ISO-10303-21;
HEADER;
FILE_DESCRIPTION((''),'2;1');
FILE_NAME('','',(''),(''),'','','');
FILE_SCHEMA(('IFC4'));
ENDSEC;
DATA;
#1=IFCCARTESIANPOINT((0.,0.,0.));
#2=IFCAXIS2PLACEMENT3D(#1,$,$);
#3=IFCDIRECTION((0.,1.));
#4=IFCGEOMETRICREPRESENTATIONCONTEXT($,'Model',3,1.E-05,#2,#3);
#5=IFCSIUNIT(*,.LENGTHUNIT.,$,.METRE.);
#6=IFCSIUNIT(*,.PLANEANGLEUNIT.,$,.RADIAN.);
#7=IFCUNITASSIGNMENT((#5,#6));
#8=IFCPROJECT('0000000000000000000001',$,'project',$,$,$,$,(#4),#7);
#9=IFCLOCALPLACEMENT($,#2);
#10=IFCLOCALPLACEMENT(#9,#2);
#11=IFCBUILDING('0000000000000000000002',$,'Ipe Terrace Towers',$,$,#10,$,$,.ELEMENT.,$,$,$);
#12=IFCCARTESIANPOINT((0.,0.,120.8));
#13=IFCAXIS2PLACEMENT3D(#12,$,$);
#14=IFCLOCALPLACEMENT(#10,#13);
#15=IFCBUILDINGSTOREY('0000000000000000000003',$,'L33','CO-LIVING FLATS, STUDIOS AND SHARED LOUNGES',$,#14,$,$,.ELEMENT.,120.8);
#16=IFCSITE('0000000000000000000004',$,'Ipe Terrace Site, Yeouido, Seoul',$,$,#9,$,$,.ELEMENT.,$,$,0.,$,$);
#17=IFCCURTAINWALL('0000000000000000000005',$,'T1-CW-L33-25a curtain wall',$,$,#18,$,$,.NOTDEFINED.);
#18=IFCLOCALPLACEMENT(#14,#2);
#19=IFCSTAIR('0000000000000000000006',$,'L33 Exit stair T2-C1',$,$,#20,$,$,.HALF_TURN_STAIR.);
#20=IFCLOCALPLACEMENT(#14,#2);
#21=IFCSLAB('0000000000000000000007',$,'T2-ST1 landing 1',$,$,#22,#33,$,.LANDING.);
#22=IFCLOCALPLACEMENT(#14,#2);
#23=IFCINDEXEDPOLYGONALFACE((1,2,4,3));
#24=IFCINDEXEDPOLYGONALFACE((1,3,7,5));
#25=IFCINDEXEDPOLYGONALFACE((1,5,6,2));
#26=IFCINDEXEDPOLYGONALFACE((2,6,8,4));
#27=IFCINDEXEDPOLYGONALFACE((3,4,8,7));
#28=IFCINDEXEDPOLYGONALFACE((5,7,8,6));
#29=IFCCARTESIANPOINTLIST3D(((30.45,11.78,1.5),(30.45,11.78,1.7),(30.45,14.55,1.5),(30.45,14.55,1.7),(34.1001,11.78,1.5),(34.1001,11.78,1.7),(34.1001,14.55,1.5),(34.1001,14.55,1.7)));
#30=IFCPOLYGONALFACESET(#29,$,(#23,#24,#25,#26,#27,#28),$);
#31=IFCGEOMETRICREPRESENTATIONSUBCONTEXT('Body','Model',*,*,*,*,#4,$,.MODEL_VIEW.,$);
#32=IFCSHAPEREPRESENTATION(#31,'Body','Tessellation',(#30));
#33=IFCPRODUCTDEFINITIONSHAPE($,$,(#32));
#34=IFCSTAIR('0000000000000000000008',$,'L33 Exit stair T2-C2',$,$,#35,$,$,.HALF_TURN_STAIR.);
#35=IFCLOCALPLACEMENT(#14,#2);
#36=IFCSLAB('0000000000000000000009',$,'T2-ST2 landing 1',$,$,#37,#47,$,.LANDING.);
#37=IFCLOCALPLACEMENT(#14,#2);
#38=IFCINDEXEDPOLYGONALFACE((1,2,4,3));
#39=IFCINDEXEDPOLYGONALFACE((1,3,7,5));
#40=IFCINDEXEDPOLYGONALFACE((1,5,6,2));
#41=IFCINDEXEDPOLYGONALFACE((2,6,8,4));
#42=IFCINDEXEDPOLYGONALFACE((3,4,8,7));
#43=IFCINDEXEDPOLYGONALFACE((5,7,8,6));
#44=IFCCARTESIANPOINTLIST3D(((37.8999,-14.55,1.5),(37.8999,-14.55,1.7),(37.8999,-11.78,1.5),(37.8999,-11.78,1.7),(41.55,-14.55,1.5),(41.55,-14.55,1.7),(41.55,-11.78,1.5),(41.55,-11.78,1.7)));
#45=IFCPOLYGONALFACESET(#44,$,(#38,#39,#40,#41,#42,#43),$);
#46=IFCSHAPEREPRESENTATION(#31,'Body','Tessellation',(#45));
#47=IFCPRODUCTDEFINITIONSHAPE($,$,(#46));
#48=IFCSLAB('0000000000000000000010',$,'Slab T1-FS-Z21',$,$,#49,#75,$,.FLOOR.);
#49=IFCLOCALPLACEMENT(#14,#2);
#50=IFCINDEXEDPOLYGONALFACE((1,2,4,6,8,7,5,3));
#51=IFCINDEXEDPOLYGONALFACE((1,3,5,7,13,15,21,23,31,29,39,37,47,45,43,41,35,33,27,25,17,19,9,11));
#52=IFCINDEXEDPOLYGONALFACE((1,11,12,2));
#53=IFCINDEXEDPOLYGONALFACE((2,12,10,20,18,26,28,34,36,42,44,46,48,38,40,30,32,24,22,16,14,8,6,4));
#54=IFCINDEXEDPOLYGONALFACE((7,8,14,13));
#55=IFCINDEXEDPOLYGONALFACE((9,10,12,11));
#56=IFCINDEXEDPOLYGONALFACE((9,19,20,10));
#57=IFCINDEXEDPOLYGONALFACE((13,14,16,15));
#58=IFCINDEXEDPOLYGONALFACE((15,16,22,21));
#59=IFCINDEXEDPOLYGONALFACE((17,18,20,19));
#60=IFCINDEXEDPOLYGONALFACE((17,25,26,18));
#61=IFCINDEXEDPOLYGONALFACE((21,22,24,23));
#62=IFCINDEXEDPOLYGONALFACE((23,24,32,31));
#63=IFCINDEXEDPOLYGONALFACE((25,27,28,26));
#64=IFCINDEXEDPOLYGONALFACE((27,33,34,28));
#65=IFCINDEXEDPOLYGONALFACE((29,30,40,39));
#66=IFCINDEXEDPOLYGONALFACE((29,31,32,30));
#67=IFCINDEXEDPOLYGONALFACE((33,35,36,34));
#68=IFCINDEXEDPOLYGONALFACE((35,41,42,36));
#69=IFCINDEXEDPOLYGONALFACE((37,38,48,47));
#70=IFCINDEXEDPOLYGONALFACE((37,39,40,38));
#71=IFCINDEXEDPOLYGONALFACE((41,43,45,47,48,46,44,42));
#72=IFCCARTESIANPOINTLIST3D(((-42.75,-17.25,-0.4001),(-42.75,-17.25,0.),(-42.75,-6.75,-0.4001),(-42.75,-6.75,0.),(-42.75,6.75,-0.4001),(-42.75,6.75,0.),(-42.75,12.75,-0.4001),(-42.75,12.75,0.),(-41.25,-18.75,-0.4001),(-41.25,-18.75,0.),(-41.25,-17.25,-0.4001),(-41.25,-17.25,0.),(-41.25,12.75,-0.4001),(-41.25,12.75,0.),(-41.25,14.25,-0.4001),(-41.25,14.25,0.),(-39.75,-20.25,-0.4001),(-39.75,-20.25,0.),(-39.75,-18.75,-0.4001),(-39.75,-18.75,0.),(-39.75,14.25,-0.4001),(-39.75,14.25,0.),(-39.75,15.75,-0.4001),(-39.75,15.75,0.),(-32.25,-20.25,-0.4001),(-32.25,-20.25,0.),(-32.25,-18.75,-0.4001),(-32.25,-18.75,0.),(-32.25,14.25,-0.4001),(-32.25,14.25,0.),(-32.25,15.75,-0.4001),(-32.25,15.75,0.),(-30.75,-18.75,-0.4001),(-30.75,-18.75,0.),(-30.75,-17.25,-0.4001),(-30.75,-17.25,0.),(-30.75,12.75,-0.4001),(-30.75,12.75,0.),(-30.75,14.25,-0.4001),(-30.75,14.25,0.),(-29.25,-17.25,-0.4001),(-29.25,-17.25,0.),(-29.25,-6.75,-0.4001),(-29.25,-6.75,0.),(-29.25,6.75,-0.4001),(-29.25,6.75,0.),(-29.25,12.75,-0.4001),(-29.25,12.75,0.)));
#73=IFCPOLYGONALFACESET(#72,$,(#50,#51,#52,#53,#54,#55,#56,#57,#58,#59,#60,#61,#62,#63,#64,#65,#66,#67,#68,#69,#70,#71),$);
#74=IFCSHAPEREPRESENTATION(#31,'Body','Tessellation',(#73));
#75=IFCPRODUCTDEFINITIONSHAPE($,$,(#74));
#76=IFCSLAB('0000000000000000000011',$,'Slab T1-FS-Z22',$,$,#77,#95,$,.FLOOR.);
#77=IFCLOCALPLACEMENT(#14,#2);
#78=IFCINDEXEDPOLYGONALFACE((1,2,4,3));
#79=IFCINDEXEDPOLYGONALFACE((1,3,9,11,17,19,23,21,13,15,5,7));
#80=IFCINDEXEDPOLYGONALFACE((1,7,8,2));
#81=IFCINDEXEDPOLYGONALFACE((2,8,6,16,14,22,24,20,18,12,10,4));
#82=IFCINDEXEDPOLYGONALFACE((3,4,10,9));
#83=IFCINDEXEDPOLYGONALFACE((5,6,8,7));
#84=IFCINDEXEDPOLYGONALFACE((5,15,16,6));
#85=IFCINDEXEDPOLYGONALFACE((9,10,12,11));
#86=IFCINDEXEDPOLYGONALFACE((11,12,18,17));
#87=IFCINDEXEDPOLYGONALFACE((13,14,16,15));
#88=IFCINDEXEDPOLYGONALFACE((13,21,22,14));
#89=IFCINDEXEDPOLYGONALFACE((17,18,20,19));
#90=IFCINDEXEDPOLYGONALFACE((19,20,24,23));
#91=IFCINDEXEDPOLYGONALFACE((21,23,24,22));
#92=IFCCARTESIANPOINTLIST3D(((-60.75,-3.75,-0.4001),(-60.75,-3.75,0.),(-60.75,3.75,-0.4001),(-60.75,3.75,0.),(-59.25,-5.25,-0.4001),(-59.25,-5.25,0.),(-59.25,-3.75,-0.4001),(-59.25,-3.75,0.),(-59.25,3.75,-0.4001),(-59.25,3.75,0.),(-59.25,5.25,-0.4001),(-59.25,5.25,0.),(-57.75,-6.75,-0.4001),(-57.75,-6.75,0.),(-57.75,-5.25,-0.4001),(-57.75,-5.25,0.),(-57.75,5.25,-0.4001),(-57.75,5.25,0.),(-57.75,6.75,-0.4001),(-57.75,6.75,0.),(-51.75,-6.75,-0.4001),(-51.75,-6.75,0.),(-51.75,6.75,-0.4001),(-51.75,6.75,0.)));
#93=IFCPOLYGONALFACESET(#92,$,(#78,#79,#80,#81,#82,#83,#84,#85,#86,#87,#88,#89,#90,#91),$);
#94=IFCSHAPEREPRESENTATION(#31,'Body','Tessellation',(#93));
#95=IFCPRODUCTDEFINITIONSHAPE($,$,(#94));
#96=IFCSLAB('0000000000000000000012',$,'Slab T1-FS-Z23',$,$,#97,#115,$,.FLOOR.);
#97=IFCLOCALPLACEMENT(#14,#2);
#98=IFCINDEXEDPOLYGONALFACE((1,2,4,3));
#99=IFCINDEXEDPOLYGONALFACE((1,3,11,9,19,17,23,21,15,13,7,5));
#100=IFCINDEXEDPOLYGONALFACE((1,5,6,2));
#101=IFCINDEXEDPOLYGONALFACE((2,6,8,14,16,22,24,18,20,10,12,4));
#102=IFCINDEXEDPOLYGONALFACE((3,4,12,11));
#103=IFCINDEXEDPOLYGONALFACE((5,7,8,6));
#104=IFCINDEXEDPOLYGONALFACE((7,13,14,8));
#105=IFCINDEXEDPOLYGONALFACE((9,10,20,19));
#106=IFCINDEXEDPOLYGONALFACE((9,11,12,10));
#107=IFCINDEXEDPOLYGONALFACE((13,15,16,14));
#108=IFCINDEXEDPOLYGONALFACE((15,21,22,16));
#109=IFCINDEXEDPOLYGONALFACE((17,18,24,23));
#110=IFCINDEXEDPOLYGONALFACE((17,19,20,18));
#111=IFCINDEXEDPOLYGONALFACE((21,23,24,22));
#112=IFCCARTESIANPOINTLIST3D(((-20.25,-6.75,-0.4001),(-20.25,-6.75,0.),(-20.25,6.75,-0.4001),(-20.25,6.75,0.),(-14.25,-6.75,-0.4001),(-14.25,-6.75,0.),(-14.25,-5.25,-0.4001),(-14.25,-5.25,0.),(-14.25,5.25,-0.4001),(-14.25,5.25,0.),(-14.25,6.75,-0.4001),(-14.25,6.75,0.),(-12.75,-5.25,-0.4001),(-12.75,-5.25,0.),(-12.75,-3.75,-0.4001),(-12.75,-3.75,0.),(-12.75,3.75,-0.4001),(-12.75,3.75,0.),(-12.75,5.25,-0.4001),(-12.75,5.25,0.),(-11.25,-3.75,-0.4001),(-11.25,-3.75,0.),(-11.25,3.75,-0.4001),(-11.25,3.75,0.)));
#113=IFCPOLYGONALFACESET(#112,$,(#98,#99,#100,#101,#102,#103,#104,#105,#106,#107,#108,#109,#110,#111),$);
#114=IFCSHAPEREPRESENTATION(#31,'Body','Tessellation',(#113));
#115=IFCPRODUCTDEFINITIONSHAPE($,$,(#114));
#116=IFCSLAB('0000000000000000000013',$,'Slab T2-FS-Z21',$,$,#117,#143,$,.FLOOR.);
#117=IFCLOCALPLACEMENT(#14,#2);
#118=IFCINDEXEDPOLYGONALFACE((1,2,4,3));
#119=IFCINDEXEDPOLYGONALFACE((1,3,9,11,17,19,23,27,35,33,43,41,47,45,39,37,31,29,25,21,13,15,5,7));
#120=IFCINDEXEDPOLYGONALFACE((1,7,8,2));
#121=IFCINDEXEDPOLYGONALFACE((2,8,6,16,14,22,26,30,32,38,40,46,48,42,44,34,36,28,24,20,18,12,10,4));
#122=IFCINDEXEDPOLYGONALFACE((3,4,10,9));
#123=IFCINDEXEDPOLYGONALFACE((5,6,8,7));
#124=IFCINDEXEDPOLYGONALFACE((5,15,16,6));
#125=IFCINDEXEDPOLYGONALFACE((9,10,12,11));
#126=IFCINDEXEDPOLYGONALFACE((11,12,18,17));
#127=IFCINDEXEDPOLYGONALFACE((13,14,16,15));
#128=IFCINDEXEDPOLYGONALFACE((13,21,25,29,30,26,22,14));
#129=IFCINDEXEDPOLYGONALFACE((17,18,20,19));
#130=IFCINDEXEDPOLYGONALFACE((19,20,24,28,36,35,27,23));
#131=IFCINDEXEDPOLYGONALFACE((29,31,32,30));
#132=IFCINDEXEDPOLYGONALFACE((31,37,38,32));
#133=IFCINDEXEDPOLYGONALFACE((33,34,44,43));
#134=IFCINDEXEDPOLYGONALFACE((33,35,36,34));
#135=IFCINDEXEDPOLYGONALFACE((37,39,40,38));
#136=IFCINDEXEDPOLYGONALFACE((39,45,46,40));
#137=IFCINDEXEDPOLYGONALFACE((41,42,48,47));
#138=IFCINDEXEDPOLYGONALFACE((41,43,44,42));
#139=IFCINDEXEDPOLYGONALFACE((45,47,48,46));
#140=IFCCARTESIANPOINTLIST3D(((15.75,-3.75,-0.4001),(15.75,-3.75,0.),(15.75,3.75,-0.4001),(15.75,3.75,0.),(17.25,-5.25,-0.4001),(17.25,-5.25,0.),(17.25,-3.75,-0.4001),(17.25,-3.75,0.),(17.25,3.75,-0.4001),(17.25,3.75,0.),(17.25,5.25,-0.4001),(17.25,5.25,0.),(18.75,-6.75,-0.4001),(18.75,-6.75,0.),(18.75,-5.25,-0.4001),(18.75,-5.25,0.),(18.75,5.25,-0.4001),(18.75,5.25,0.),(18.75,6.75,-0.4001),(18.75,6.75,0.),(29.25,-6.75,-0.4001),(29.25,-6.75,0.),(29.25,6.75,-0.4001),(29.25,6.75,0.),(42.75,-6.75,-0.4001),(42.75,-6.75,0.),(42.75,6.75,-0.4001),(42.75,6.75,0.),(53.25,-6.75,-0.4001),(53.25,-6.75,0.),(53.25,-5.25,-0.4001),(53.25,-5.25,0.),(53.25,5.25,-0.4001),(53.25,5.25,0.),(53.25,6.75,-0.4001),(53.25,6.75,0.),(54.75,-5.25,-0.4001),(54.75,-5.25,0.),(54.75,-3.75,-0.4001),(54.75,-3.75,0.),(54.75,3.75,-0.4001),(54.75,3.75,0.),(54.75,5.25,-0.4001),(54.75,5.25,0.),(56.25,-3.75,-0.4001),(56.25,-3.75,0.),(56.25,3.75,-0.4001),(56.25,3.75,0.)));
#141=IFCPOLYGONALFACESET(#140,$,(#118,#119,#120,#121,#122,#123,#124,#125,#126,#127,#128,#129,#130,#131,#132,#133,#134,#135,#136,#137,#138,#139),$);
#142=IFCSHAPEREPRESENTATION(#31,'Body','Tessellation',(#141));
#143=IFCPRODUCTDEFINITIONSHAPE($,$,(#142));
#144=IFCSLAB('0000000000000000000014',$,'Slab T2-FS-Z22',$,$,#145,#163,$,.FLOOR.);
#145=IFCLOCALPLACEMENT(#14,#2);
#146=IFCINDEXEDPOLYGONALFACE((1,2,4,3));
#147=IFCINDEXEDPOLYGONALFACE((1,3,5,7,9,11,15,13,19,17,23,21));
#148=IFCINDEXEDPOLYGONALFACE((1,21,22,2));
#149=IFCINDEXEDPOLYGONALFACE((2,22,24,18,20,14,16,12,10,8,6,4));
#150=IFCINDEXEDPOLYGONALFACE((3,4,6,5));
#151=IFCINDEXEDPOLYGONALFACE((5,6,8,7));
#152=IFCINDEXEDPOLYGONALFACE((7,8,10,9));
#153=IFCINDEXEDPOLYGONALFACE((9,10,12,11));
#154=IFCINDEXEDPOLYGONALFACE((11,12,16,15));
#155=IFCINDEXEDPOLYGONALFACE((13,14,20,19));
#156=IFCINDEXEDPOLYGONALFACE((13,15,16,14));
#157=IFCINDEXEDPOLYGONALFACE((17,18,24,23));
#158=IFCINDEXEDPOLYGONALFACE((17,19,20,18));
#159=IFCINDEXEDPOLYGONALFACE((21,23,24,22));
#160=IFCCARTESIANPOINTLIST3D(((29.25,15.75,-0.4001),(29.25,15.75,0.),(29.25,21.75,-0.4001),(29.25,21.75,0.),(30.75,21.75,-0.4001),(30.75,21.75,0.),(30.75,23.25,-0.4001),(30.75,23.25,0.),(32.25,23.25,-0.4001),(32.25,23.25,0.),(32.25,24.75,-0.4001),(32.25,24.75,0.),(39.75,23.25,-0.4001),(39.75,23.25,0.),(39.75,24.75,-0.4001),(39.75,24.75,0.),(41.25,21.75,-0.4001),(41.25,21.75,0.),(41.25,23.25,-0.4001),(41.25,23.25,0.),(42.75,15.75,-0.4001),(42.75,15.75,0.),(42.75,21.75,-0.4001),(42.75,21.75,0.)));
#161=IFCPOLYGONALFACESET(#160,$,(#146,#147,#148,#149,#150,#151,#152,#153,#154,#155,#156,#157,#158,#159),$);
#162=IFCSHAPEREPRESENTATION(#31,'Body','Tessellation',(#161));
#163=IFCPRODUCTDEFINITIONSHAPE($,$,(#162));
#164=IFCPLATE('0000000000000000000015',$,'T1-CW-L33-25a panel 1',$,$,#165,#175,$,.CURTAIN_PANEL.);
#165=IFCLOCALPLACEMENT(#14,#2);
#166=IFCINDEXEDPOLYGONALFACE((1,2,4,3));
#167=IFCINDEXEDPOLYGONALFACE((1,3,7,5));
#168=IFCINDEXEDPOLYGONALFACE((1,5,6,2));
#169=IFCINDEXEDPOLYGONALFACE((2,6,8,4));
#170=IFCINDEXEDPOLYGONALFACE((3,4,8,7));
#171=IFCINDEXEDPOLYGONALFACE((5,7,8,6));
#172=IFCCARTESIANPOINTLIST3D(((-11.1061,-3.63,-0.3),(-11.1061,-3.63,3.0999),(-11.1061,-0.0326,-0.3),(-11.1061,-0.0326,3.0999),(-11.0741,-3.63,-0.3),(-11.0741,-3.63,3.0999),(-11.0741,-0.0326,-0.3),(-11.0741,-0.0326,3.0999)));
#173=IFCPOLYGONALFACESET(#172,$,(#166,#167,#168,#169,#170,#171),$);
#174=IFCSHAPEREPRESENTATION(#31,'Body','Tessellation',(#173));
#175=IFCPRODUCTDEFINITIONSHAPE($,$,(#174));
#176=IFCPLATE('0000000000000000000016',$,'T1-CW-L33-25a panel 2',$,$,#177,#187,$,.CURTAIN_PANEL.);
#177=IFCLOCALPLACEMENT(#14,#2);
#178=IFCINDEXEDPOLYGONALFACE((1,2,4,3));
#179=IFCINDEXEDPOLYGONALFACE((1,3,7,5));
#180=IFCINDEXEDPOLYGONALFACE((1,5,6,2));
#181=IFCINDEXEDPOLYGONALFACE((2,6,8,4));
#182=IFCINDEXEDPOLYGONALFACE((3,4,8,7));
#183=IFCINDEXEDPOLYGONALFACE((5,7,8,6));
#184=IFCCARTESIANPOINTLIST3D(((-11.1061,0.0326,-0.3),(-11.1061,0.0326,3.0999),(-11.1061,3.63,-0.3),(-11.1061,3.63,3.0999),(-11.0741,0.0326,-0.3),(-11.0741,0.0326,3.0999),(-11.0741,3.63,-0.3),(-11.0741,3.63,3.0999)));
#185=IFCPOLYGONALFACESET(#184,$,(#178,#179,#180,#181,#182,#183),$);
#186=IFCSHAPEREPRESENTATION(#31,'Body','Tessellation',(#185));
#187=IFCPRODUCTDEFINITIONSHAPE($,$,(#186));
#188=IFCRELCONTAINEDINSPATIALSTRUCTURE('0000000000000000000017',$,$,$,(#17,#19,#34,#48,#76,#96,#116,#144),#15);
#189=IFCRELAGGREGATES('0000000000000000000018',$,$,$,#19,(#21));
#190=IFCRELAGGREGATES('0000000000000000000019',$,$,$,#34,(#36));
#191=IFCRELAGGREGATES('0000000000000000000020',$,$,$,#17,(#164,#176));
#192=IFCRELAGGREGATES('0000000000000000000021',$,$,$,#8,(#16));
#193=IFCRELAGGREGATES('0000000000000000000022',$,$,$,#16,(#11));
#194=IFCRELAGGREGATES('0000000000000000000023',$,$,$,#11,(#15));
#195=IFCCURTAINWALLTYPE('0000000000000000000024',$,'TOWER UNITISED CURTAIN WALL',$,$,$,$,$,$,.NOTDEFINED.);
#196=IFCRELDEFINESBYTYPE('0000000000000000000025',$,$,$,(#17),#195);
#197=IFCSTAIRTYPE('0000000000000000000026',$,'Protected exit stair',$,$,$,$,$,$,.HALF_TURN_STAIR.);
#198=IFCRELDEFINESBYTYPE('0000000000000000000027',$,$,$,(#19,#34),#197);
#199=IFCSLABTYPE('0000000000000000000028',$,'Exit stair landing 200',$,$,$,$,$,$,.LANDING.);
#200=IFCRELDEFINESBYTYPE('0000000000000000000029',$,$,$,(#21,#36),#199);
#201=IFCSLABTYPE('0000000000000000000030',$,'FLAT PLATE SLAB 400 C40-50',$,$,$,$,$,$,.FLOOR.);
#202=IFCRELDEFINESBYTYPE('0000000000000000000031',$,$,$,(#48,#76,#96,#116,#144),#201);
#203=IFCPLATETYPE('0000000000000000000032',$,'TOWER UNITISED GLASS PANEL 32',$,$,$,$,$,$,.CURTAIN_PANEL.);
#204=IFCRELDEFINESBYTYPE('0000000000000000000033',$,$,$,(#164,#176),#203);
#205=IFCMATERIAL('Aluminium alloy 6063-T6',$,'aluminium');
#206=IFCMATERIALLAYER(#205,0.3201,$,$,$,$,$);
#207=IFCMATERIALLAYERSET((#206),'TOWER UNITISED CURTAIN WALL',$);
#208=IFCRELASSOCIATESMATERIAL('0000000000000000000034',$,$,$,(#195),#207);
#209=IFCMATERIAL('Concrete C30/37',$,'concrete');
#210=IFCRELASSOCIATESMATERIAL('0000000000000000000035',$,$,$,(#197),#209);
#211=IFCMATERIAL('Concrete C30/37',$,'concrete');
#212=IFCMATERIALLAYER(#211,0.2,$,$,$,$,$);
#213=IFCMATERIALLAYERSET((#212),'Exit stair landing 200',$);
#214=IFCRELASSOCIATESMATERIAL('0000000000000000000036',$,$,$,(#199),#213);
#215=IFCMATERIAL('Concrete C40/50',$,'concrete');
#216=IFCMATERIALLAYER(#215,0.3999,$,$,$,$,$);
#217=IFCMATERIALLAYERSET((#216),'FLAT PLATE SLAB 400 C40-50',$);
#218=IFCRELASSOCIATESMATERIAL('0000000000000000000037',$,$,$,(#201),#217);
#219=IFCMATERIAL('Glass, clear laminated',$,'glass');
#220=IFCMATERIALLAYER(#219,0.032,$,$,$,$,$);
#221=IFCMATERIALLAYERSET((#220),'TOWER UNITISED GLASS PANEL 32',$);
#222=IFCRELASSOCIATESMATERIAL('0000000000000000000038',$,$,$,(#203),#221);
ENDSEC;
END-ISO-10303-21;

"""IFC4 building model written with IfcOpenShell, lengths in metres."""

from ifc_helpers import new_model, si_unit, direction, frame, origin, origin_2d, place, context, subcontext, project, spatial, polyline, rectangle, outline, extrude, material, layer, layer_set, type_object, element, aggregate, save


model = new_model("IFC4")

# Units and contexts
model_context = context("Model", 3, precision=1e-05, world=origin(), true_north=direction((0.0, 1.0)))
body_context = subcontext(model_context, "Body", "Model", "MODEL_VIEW")
ifc_project = project(units=[si_unit("LENGTHUNIT", "METRE"), si_unit("PLANEANGLEUNIT", "RADIAN")], contexts=[model_context])

# Site, building, storey
site_placement = place(None, origin())
site = spatial("IfcSite", under=ifc_project, at=site_placement, Name="Ipe Terrace Site, Yeouido, Seoul", CompositionType="ELEMENT", RefElevation=0.0)
building_placement = place(site_placement, origin())
building = spatial("IfcBuilding", under=site, at=building_placement, Name="Ipe Terrace Towers", CompositionType="ELEMENT")
storey_placement = place(building_placement, frame((0.0, 0.0, 120.8)))
storey = spatial("IfcBuildingStorey", under=building, at=storey_placement, Name="L33", Description="CO-LIVING FLATS, STUDIOS AND SHARED LOUNGES", CompositionType="ELEMENT", Elevation=120.8)

# Curtain wall
ifc_material_1 = material(Name="Aluminium alloy 6063-T6", Category="aluminium")
ifc_layer_1 = layer(ifc_material_1, 0.3201)
ifc_layer_set_1 = layer_set([ifc_layer_1], Name="TOWER UNITISED CURTAIN WALL")
curtain_wall_type = type_object("IfcCurtainWallType", Name="TOWER UNITISED CURTAIN WALL", PredefinedType="NOTDEFINED", material=ifc_layer_set_1)
curtain_wall_1_placement = place(storey_placement, origin())
curtain_wall_1 = element("IfcCurtainWall", 1, at=curtain_wall_1_placement, inside=storey, type_object=curtain_wall_type, Name="T1-CW-L33-25a curtain wall", PredefinedType="NOTDEFINED")

# Stairs, slabs
ifc_material_2 = material(Name="Concrete C30/37", Category="concrete")
stair_type = type_object("IfcStairType", Name="Protected exit stair", PredefinedType="HALF_TURN_STAIR", material=ifc_material_2)
ifc_material_3 = material(Name="Concrete C30/37", Category="concrete")
ifc_layer_2 = layer(ifc_material_3, 0.2)
ifc_layer_set_2 = layer_set([ifc_layer_2], Name="Exit stair landing 200")
slab_type_1 = type_object("IfcSlabType", Name="Exit stair landing 200", PredefinedType="LANDING", material=ifc_layer_set_2)
stair_1_placement = place(storey_placement, origin())
stair_1 = element("IfcStair", 2, at=stair_1_placement, inside=storey, type_object=stair_type, Name="L33 Exit stair T2-C1", PredefinedType="HALF_TURN_STAIR")
slab_1_placement = place(storey_placement, frame((0.0, 0.0, 1.5)))
slab_1 = element("IfcSlab", 3, at=slab_1_placement, type_object=slab_type_1, Name="T2-ST1 landing 1", PredefinedType="LANDING", context=body_context, shape_type="SweptSolid", body=[
    extrude(outline(polyline([(34.1001, 11.78), (34.1001, 14.55), (30.45, 14.55), (30.45, 11.78), (34.1001, 11.78)])), origin(), (0.0, 0.0, 1.0), 0.2),
])
aggregate(stair_1, [slab_1])
stair_2_placement = place(storey_placement, origin())
stair_2 = element("IfcStair", 4, at=stair_2_placement, inside=storey, type_object=stair_type, Name="L33 Exit stair T2-C2", PredefinedType="HALF_TURN_STAIR")
slab_2_placement = place(storey_placement, frame((0.0, 0.0, 1.5)))
slab_2 = element("IfcSlab", 5, at=slab_2_placement, type_object=slab_type_1, Name="T2-ST2 landing 1", PredefinedType="LANDING", context=body_context, shape_type="SweptSolid", body=[
    extrude(outline(polyline([(37.8999, -11.78), (37.8999, -14.55), (41.55, -14.55), (41.55, -11.78), (37.8999, -11.78)])), origin(), (0.0, 0.0, 1.0), 0.2),
])
aggregate(stair_2, [slab_2])

# Slabs
ifc_material_4 = material(Name="Concrete C40/50", Category="concrete")
ifc_layer_3 = layer(ifc_material_4, 0.3999)
ifc_layer_set_3 = layer_set([ifc_layer_3], Name="FLAT PLATE SLAB 400 C40-50")
slab_type_2 = type_object("IfcSlabType", Name="FLAT PLATE SLAB 400 C40-50", PredefinedType="FLOOR", material=ifc_layer_set_3)
slab_3_placement = place(storey_placement, frame((0.0, 0.0, -0.4001)))
element("IfcSlab", 6, at=slab_3_placement, inside=storey, type_object=slab_type_2, Name="Slab T1-FS-Z21", PredefinedType="FLOOR", context=body_context, shape_type="SweptSolid", body=[
    extrude(outline(polyline([(-30.75, -17.25), (-30.75, -18.75), (-32.25, -18.75), (-32.25, -20.25), (-39.75, -20.25), (-39.75, -18.75), (-41.25, -18.75), (-41.25, -17.25), (-42.75, -17.25), (-42.75, -6.75), (-42.75, 6.75), (-42.75, 12.75), (-41.25, 12.75), (-41.25, 14.25), (-39.75, 14.25), (-39.75, 15.75), (-32.25, 15.75), (-32.25, 14.25), (-30.75, 14.25), (-30.75, 12.75), (-29.25, 12.75), (-29.25, 6.75), (-29.25, -6.75), (-29.25, -17.25), (-30.75, -17.25)])), origin(), (0.0, 0.0, 1.0), 0.4001),
])
slab_4_placement = place(storey_placement, frame((0.0, 0.0, -0.4001)))
element("IfcSlab", 7, at=slab_4_placement, inside=storey, type_object=slab_type_2, Name="Slab T1-FS-Z22", PredefinedType="FLOOR", context=body_context, shape_type="SweptSolid", body=[
    extrude(outline(polyline([(-57.75, -6.75), (-57.75, -5.25), (-59.25, -5.25), (-59.25, -3.75), (-60.75, -3.75), (-60.75, 3.75), (-59.25, 3.75), (-59.25, 5.25), (-57.75, 5.25), (-57.75, 6.75), (-51.75, 6.75), (-51.75, -6.75), (-57.75, -6.75)])), origin(), (0.0, 0.0, 1.0), 0.4001),
])
slab_5_placement = place(storey_placement, frame((0.0, 0.0, -0.4001)))
element("IfcSlab", 8, at=slab_5_placement, inside=storey, type_object=slab_type_2, Name="Slab T1-FS-Z23", PredefinedType="FLOOR", context=body_context, shape_type="SweptSolid", body=[
    extrude(outline(polyline([(-14.25, 5.25), (-12.75, 5.25), (-12.75, 3.75), (-11.25, 3.75), (-11.25, -3.75), (-12.75, -3.75), (-12.75, -5.25), (-14.25, -5.25), (-14.25, -6.75), (-20.25, -6.75), (-20.25, 6.75), (-14.25, 6.75), (-14.25, 5.25)])), origin(), (0.0, 0.0, 1.0), 0.4001),
])
slab_6_placement = place(storey_placement, frame((0.0, 0.0, -0.4001)))
element("IfcSlab", 9, at=slab_6_placement, inside=storey, type_object=slab_type_2, Name="Slab T2-FS-Z21", PredefinedType="FLOOR", context=body_context, shape_type="SweptSolid", body=[
    extrude(outline(polyline([(53.25, 5.25), (54.75, 5.25), (54.75, 3.75), (56.25, 3.75), (56.25, -3.75), (54.75, -3.75), (54.75, -5.25), (53.25, -5.25), (53.25, -6.75), (42.75, -6.75), (29.25, -6.75), (18.75, -6.75), (18.75, -5.25), (17.25, -5.25), (17.25, -3.75), (15.75, -3.75), (15.75, 3.75), (17.25, 3.75), (17.25, 5.25), (18.75, 5.25), (18.75, 6.75), (29.25, 6.75), (42.75, 6.75), (53.25, 6.75), (53.25, 5.25)])), origin(), (0.0, 0.0, 1.0), 0.4001),
])
slab_7_placement = place(storey_placement, frame((0.0, 0.0, -0.4001)))
element("IfcSlab", 10, at=slab_7_placement, inside=storey, type_object=slab_type_2, Name="Slab T2-FS-Z22", PredefinedType="FLOOR", context=body_context, shape_type="SweptSolid", body=[
    extrude(outline(polyline([(30.75, 21.75), (30.75, 23.25), (32.25, 23.25), (32.25, 24.75), (39.75, 24.75), (39.75, 23.25), (41.25, 23.25), (41.25, 21.75), (42.75, 21.75), (42.75, 15.75), (29.25, 15.75), (29.25, 21.75), (30.75, 21.75)])), origin(), (0.0, 0.0, 1.0), 0.4001),
])

# Plates
ifc_material_5 = material(Name="Glass, clear laminated", Category="glass")
ifc_layer_4 = layer(ifc_material_5, 0.032)
ifc_layer_set_4 = layer_set([ifc_layer_4], Name="TOWER UNITISED GLASS PANEL 32")
plate_type = type_object("IfcPlateType", Name="TOWER UNITISED GLASS PANEL 32", PredefinedType="CURTAIN_PANEL", material=ifc_layer_set_4)
plate_1_placement = place(storey_placement, frame((-11.0901, -1.8313, -0.3), z_axis=(0.0, 0.0, 1.0), x_axis=(0.0, 1.0, 0.0)))
plate_1 = element("IfcPlate", 11, at=plate_1_placement, type_object=plate_type, Name="T1-CW-L33-25a panel 1", PredefinedType="CURTAIN_PANEL", context=body_context, shape_type="SweptSolid", body=[
    extrude(rectangle(XDim=3.5974, YDim=0.032, at=origin_2d()), origin(), (0.0, 0.0, 1.0), 3.3999),
])
plate_2_placement = place(storey_placement, frame((-11.0901, 1.8313, -0.3), z_axis=(0.0, 0.0, 1.0), x_axis=(0.0, 1.0, 0.0)))
plate_2 = element("IfcPlate", 12, at=plate_2_placement, type_object=plate_type, Name="T1-CW-L33-25a panel 2", PredefinedType="CURTAIN_PANEL", context=body_context, shape_type="SweptSolid", body=[
    extrude(rectangle(XDim=3.5974, YDim=0.032, at=origin_2d()), origin(), (0.0, 0.0, 1.0), 3.3999),
])
aggregate(curtain_wall_1, [plate_1, plate_2])

save(model, "model.ifc")
